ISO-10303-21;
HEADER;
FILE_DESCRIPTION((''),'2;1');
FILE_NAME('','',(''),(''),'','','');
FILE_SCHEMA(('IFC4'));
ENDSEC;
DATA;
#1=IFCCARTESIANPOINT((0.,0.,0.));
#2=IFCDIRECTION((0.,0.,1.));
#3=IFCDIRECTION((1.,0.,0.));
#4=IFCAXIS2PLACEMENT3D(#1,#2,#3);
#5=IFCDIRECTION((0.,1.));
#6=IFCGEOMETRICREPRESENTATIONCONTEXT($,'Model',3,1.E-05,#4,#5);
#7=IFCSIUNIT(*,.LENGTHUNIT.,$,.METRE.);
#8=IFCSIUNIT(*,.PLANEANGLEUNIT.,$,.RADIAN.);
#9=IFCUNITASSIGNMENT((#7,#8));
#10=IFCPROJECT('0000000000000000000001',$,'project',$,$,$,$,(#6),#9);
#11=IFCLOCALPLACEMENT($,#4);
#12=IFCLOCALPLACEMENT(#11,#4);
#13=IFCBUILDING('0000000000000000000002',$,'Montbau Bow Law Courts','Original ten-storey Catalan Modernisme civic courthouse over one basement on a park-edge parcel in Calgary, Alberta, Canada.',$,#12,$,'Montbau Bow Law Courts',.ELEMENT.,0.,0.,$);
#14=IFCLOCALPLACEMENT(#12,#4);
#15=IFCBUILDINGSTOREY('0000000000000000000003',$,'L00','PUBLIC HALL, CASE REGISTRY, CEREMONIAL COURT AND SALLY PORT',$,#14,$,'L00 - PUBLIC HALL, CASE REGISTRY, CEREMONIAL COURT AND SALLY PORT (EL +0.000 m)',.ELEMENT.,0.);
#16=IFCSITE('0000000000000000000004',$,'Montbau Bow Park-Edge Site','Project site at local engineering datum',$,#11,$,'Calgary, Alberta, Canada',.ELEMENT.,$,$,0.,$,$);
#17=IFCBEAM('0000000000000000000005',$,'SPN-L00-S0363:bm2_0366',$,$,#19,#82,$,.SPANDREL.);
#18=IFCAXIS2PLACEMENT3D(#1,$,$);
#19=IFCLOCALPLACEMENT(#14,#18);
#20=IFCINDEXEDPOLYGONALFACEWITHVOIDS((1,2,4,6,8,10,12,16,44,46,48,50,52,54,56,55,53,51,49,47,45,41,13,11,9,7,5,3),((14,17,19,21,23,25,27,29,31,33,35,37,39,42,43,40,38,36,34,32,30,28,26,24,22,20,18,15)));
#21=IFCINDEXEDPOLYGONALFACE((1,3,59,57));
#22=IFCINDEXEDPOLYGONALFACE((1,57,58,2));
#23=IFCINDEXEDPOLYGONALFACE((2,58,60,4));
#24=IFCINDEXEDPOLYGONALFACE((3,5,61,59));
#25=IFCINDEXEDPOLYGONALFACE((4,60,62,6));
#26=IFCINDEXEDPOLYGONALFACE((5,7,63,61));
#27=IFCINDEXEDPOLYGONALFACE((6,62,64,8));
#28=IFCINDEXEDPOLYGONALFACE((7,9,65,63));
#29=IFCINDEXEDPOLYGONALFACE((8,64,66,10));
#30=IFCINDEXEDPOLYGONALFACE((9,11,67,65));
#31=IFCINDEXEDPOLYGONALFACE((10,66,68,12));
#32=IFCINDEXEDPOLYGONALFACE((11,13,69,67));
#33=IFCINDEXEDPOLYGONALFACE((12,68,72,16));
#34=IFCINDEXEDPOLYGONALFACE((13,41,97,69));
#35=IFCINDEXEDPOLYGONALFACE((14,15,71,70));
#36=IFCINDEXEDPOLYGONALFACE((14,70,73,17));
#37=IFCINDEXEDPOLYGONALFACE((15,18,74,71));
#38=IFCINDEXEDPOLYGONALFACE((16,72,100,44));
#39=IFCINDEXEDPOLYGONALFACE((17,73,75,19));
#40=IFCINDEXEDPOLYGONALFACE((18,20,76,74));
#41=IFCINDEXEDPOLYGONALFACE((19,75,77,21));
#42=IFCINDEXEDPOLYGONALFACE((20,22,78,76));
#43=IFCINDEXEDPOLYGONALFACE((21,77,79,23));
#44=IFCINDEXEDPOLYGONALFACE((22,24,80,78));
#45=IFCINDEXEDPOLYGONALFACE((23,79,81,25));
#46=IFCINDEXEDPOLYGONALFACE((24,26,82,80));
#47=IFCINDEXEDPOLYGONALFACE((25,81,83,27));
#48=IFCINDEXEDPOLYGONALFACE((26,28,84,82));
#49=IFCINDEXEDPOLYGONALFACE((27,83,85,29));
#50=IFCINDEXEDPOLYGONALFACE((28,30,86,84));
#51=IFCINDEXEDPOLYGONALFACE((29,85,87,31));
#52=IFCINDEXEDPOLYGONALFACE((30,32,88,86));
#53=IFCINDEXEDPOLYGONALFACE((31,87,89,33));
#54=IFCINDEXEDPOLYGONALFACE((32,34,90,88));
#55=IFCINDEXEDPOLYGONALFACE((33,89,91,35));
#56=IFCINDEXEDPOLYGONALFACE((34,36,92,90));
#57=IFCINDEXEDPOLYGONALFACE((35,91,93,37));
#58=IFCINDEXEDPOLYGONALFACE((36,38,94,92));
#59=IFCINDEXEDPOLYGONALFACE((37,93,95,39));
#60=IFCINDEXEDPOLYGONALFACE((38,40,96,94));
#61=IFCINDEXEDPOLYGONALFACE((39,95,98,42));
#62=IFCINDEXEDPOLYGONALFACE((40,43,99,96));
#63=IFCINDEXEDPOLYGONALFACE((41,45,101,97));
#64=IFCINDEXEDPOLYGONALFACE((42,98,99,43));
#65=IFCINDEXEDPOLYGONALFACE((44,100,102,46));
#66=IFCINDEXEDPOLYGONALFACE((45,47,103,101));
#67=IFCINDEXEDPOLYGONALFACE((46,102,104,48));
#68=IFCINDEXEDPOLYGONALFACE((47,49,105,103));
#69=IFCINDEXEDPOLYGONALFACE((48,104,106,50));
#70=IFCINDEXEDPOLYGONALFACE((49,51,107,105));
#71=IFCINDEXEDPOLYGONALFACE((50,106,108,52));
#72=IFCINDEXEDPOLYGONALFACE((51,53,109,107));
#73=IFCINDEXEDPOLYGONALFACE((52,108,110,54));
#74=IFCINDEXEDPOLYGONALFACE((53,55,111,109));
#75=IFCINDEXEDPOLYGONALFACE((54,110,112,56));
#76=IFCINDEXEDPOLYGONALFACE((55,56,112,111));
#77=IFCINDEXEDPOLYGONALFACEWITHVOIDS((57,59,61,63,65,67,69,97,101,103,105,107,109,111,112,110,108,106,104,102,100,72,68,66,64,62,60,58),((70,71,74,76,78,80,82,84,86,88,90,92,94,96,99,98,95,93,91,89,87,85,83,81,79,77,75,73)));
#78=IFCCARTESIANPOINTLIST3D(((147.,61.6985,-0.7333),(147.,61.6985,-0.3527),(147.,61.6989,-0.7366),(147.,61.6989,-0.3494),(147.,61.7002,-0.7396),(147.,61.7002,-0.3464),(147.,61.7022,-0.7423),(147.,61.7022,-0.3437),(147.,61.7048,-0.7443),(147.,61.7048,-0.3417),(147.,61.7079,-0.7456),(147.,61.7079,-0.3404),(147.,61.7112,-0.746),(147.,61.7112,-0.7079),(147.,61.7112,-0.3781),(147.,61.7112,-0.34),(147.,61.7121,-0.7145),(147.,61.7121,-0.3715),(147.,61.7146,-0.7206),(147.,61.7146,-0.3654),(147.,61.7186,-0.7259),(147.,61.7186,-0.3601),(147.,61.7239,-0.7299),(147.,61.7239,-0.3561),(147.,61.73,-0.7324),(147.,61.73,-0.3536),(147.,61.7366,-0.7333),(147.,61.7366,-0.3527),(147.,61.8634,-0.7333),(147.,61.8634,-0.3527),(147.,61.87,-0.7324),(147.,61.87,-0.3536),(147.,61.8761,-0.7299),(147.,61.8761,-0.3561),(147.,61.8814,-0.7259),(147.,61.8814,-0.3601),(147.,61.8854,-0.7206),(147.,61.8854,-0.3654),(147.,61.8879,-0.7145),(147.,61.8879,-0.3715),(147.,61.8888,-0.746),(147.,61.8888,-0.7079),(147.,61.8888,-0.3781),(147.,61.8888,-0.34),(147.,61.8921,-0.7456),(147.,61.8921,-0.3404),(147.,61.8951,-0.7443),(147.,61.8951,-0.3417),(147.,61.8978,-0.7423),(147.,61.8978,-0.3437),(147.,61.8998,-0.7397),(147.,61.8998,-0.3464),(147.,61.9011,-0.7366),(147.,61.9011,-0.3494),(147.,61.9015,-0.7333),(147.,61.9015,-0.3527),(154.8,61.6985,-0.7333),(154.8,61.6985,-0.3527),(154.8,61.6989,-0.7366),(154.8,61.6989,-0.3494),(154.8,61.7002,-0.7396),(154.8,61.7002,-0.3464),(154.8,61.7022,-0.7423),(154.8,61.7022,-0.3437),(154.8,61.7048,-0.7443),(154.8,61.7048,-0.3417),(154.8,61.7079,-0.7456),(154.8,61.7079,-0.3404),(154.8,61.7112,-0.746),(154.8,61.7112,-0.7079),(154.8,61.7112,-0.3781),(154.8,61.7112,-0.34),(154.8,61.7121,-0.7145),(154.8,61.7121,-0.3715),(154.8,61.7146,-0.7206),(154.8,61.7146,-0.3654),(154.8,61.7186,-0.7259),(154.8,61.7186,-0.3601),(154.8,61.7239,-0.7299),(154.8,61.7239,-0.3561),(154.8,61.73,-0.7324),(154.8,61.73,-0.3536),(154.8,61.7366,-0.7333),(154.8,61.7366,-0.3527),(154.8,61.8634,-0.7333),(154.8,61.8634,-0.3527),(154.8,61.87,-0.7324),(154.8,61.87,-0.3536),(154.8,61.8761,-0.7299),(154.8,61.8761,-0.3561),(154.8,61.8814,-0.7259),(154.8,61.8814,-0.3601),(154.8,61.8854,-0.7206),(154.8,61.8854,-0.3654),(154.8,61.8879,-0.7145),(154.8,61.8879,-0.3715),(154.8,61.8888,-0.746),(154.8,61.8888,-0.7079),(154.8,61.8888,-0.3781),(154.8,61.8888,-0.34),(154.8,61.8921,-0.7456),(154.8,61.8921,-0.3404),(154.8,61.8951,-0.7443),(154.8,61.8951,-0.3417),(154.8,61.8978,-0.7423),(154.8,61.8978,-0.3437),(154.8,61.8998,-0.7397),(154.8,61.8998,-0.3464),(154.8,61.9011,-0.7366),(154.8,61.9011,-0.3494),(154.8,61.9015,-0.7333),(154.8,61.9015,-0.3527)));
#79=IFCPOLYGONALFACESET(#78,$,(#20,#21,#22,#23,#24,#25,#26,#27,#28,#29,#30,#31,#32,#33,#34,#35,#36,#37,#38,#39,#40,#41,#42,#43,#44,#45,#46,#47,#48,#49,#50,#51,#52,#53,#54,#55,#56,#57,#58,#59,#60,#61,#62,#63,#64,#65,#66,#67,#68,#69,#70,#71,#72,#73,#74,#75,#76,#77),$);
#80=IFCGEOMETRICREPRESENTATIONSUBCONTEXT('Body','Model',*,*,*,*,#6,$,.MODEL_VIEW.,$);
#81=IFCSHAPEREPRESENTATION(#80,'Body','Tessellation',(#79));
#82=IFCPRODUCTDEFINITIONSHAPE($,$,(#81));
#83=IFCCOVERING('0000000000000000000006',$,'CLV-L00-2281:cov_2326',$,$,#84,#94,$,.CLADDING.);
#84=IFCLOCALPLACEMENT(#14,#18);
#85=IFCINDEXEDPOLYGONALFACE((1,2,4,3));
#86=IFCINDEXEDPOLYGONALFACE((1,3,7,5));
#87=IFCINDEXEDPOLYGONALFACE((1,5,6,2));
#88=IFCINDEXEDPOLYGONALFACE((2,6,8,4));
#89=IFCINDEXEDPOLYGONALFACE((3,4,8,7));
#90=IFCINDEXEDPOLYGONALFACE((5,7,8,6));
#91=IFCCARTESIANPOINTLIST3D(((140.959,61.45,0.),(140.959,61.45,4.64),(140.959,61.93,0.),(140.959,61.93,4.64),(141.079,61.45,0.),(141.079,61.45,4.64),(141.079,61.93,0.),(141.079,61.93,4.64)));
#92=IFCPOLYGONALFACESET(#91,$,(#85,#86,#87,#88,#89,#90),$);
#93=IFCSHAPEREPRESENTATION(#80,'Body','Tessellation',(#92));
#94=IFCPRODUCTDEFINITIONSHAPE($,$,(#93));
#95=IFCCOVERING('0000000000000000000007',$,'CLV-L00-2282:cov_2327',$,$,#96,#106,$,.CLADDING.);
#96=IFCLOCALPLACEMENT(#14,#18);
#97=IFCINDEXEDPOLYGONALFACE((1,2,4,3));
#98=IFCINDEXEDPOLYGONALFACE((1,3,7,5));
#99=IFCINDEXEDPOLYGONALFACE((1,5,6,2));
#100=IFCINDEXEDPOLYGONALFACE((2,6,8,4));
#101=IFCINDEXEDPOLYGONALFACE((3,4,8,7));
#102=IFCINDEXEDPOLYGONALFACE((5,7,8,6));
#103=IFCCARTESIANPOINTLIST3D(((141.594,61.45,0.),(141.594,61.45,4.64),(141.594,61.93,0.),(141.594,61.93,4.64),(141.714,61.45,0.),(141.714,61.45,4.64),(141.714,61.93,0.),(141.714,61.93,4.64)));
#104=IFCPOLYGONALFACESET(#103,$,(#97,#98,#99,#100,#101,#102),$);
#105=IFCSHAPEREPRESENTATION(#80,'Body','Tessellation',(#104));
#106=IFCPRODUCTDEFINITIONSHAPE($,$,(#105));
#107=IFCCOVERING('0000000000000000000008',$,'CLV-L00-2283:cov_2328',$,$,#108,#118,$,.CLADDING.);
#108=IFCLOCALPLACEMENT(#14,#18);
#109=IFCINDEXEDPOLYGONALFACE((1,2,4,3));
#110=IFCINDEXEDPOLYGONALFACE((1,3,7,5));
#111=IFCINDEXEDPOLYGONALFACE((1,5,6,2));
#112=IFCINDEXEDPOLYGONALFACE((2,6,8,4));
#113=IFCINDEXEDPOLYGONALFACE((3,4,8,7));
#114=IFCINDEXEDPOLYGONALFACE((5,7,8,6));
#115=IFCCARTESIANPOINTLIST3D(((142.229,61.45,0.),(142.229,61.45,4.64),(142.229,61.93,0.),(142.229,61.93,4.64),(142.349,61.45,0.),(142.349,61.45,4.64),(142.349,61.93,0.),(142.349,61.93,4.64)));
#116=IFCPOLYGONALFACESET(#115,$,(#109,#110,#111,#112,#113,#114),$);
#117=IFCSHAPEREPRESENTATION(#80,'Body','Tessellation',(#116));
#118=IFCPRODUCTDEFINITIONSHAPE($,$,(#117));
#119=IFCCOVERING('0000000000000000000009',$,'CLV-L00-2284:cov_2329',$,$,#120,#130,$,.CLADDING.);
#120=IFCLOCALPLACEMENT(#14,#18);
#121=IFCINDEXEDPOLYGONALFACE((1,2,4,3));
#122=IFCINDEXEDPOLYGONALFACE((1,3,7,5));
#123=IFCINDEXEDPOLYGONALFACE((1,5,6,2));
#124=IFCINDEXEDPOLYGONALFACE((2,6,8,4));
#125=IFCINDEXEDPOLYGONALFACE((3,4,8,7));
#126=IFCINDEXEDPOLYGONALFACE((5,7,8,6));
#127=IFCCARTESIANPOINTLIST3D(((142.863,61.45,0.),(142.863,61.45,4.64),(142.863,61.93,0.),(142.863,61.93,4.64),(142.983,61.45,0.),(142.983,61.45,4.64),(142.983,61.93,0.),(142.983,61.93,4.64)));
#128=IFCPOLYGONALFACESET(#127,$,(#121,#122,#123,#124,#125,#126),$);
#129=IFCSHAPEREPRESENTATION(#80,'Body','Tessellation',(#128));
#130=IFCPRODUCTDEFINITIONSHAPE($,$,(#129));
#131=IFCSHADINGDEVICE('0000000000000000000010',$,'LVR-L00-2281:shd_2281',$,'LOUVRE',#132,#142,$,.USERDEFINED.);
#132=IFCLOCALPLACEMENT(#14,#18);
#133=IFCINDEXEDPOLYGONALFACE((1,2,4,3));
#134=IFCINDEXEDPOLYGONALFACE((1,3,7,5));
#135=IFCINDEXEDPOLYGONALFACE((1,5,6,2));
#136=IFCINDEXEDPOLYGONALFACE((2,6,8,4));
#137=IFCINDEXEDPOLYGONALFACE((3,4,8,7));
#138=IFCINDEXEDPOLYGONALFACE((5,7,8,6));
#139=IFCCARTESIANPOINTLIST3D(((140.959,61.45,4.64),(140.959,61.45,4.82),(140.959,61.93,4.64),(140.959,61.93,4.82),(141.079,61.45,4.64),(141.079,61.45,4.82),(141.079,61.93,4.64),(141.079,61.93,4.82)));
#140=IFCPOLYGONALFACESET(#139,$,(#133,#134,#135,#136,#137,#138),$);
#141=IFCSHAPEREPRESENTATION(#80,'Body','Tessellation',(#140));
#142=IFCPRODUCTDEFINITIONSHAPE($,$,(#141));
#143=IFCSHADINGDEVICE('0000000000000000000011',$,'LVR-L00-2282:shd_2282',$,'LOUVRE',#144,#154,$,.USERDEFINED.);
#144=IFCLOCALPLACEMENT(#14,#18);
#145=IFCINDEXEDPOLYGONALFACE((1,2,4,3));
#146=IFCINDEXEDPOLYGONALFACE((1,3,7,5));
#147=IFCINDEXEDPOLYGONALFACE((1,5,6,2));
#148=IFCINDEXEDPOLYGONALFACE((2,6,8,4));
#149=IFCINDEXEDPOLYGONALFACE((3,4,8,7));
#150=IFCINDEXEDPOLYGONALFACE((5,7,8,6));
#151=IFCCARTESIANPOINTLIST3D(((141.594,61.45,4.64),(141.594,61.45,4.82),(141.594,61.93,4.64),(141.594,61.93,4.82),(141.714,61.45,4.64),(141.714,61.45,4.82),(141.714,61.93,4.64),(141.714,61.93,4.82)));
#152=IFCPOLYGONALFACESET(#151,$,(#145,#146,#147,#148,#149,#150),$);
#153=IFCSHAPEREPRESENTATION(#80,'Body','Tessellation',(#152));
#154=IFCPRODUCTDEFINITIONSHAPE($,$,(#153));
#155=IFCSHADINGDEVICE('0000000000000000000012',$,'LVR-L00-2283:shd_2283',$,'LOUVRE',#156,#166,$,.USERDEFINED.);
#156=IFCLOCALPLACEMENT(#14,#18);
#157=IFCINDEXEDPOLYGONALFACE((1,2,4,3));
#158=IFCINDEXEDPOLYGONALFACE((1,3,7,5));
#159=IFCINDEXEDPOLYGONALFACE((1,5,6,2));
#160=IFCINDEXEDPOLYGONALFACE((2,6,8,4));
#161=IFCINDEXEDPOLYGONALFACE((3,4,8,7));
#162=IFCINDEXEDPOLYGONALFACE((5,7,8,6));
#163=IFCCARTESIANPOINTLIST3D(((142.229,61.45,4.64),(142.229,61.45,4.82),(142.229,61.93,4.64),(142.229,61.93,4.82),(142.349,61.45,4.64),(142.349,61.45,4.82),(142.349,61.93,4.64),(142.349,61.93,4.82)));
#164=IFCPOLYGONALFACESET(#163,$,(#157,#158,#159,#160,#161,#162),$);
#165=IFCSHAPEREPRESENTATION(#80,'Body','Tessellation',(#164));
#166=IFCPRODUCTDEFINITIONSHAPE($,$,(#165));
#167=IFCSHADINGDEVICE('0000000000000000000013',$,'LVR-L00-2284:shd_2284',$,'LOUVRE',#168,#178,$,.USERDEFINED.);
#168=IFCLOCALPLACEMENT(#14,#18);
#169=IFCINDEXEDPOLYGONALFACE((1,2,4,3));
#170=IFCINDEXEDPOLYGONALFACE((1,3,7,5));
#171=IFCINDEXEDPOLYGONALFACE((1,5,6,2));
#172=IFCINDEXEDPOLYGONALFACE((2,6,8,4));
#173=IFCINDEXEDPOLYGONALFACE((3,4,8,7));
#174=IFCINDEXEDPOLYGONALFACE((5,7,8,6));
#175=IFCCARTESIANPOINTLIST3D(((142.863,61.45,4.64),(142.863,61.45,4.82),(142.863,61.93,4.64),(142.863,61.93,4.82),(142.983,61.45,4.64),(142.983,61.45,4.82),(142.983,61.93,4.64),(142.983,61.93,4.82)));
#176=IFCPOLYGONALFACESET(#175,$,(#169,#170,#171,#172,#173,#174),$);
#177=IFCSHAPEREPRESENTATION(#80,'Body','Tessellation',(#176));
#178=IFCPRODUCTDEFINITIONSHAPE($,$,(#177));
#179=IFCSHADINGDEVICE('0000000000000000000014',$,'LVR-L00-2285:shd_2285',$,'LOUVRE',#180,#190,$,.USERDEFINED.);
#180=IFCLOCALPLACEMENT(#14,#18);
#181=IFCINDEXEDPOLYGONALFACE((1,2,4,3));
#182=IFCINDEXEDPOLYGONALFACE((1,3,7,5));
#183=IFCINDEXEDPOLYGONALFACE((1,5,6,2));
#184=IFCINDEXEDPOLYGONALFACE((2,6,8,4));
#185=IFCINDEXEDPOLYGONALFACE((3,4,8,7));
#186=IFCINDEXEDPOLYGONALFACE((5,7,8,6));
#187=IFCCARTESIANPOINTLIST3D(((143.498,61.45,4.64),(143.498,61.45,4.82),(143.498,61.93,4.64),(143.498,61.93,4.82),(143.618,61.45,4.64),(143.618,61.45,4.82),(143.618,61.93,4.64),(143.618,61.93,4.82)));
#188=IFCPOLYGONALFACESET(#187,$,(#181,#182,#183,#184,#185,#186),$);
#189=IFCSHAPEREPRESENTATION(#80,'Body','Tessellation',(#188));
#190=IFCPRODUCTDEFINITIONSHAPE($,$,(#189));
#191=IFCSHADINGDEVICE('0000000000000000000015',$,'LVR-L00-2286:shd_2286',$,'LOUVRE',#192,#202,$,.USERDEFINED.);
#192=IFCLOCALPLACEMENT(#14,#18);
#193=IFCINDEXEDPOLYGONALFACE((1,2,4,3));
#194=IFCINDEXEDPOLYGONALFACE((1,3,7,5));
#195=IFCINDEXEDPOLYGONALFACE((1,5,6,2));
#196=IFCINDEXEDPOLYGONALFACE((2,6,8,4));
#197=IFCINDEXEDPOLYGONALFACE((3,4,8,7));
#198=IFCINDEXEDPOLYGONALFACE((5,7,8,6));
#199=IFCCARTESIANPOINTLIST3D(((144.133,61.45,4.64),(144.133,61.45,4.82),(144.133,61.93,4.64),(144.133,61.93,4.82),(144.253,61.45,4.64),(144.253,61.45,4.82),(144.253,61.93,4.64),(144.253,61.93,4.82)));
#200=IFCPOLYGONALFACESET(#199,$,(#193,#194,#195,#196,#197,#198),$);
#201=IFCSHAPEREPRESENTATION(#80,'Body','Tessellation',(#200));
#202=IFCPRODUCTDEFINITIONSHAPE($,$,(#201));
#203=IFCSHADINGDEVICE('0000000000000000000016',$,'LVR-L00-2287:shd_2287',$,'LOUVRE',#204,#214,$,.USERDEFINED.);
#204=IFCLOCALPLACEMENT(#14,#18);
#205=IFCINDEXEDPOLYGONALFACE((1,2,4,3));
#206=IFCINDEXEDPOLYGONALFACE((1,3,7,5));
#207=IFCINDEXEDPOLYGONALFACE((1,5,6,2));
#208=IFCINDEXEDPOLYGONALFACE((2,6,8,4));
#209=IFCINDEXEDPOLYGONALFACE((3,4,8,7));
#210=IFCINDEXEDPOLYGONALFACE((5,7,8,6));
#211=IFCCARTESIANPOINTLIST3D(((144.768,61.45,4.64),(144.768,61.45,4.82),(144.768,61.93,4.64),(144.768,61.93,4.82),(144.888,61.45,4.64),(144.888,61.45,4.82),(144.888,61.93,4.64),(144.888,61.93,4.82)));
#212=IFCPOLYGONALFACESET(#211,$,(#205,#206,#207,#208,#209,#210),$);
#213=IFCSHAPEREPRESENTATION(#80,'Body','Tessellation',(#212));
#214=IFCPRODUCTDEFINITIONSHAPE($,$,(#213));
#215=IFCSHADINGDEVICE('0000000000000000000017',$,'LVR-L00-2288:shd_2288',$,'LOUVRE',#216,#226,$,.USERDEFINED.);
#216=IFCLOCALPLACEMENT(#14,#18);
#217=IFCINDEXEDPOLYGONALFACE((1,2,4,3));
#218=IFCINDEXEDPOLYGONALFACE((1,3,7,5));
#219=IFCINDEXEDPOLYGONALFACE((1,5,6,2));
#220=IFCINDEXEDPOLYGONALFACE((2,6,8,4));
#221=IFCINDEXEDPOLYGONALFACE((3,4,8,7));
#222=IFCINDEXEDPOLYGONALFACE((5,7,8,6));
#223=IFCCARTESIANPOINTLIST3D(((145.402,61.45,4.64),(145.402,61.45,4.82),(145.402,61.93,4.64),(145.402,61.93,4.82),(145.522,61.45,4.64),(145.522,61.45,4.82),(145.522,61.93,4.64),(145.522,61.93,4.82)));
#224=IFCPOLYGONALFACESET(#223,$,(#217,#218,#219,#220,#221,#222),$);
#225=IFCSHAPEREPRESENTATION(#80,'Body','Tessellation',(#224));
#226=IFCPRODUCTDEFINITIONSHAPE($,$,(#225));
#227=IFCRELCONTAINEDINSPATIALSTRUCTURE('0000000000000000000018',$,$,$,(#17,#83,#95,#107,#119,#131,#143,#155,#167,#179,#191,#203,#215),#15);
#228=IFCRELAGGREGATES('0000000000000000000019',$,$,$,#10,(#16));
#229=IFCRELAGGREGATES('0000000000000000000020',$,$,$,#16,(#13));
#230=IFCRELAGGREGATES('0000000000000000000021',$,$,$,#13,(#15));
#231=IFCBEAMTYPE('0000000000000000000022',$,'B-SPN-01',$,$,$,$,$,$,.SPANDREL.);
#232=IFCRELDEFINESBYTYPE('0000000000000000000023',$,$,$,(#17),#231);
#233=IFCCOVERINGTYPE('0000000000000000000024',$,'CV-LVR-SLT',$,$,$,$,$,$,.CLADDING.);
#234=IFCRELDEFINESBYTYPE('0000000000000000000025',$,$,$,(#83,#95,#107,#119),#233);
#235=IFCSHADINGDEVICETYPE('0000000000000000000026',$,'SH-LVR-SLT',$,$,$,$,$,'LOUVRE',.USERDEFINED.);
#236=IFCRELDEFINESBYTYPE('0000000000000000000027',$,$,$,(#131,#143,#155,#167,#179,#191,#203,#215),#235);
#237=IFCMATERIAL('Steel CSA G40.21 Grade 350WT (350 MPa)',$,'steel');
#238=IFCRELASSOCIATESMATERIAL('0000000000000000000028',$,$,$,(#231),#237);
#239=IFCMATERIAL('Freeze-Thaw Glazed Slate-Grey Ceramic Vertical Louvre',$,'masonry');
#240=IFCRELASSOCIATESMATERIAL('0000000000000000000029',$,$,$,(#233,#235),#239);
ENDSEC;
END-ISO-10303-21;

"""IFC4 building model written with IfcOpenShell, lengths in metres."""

from ifc_helpers import new_model, si_unit, direction, frame, frame_2d, origin_with_axes, origin_2d_with_axis, place, context, subcontext, project, spatial, rectangle, hollow_rectangle, extrude, material, material_profile, profile_set, type_object, element, save


model = new_model("IFC4")

# Units and contexts
model_context = context("Model", 3, precision=1e-05, world=origin_with_axes(), true_north=direction((0.0, 1.0)))
body_context = subcontext(model_context, "Body", "Model", "MODEL_VIEW")
ifc_project = project(units=[si_unit("LENGTHUNIT", "METRE"), si_unit("PLANEANGLEUNIT", "RADIAN")], contexts=[model_context])

# Site, building, storey
site_placement = place(None, origin_with_axes())
site = spatial("IfcSite", under=ifc_project, at=site_placement, Name="Montbau Bow Park-Edge Site", Description="Project site at local engineering datum", LongName="Calgary, Alberta, Canada", CompositionType="ELEMENT", RefElevation=0.0)
building_placement = place(site_placement, origin_with_axes())
building = spatial("IfcBuilding", under=site, at=building_placement, Name="Montbau Bow Law Courts", Description="Original ten-storey Catalan Modernisme civic courthouse over one basement on a park-edge parcel in Calgary, Alberta, Canada.", LongName="Montbau Bow Law Courts", CompositionType="ELEMENT", ElevationOfRefHeight=0.0, ElevationOfTerrain=0.0)
storey_placement = place(building_placement, origin_with_axes())
storey = spatial("IfcBuildingStorey", under=building, at=storey_placement, Name="L00", Description="PUBLIC HALL, CASE REGISTRY, CEREMONIAL COURT AND SALLY PORT", LongName="L00 - PUBLIC HALL, CASE REGISTRY, CEREMONIAL COURT AND SALLY PORT (EL +0.000 m)", CompositionType="ELEMENT", Elevation=0.0)

# Shared definitions
ifc_material_1 = material(Name="Steel CSA G40.21 Grade 350WT (350 MPa)", Category="steel")

# Beam
ifc_material_profile_1 = material_profile(ifc_material_1, hollow_rectangle(XDim=0.203, YDim=0.406, WallThickness=0.0127, InnerFilletRadius=0.0254, OuterFilletRadius=0.0127, at=origin_2d_with_axis()), Name="HSS406X203X13", Category="Main", Priority=0)
ifc_profile_set_1 = profile_set([ifc_material_profile_1], Name="Steel CSA G40.21 Grade 350WT (350 MPa)")
beam_type_1 = type_object("IfcBeamType", Name="B-SPN-01", PredefinedType="SPANDREL", material=ifc_profile_set_1)
beam_1_placement = place(None, frame((147.0, 61.8, -0.543), z_axis=(1.0, 0.0, 0.0), x_axis=(0.0, 1.0, 0.0)))
element("IfcBeam", 1, at=beam_1_placement, inside=storey, type_object=beam_type_1, Name="SPN-L00-S0363:bm2_0366", PredefinedType="SPANDREL", context=body_context, shape_type="SweptSolid", body=[
    extrude(hollow_rectangle(XDim=0.203, YDim=0.406, WallThickness=0.0127, InnerFilletRadius=0.0254, OuterFilletRadius=0.0127, at=origin_2d_with_axis()), origin_with_axes(), (0.0, 0.0, 1.0), 7.8),
])

# Coverings
ifc_material_2 = material(Name="Freeze-Thaw Glazed Slate-Grey Ceramic Vertical Louvre", Category="masonry")
covering_type = type_object("IfcCoveringType", Name="CV-LVR-SLT", PredefinedType="CLADDING", material=ifc_material_2)
for number, where, z_axis, x_axis, name in (
    (2, (141.019, 61.93, 0.0), (-1.0, 0.0, 0.0), (0.0, -1.0, 0.0), "CLV-L00-2281:cov_2326"),
    (3, (141.654, 61.93, 0.0), (-1.0, 0.0, 0.0), (0.0, -1.0, 0.0), "CLV-L00-2282:cov_2327"),
    (4, (142.289, 61.93, 0.0), (-1.0, 0.0, 0.0), (0.0, -1.0, 0.0), "CLV-L00-2283:cov_2328"),
    (5, (142.923, 61.93, 0.0), (-1.0, 0.0, 0.0), (0.0, -1.0, 0.0), "CLV-L00-2284:cov_2329"),
):
    element("IfcCovering", number, at=place(None, frame(where, z_axis=z_axis, x_axis=x_axis)), inside=storey, type_object=covering_type, Name=name, PredefinedType="CLADDING", context=body_context, shape_type="SweptSolid", body=[
        extrude(rectangle(XDim=0.48, YDim=4.64, at=frame_2d((0.24, 2.32), x_axis=(1.0, 0.0))), frame((0.0, 0.0, -0.06), z_axis=(0.0, 0.0, 1.0), x_axis=(1.0, 0.0, 0.0)), (0.0, 0.0, 1.0), 0.12),
    ])

# Shading devices
shading_device_type = type_object("IfcShadingDeviceType", Name="SH-LVR-SLT", ElementType="LOUVRE", PredefinedType="USERDEFINED", material=ifc_material_2)
for number, where, z_axis, x_axis, name in (
    (6, (141.019, 61.69, 4.64), (0.0, 0.0, 1.0), (0.0, -1.0, 0.0), "LVR-L00-2281:shd_2281"),
    (7, (141.654, 61.69, 4.64), (0.0, 0.0, 1.0), (0.0, -1.0, 0.0), "LVR-L00-2282:shd_2282"),
    (8, (142.289, 61.69, 4.64), (0.0, 0.0, 1.0), (0.0, -1.0, 0.0), "LVR-L00-2283:shd_2283"),
    (9, (142.923, 61.69, 4.64), (0.0, 0.0, 1.0), (0.0, -1.0, 0.0), "LVR-L00-2284:shd_2284"),
    (10, (143.558, 61.69, 4.64), (0.0, 0.0, 1.0), (0.0, -1.0, 0.0), "LVR-L00-2285:shd_2285"),
    (11, (144.193, 61.69, 4.64), (0.0, 0.0, 1.0), (0.0, -1.0, 0.0), "LVR-L00-2286:shd_2286"),
    (12, (144.828, 61.69, 4.64), (0.0, 0.0, 1.0), (0.0, -1.0, 0.0), "LVR-L00-2287:shd_2287"),
    (13, (145.462, 61.69, 4.64), (0.0, 0.0, 1.0), (0.0, -1.0, 0.0), "LVR-L00-2288:shd_2288"),
):
    element("IfcShadingDevice", number, at=place(None, frame(where, z_axis=z_axis, x_axis=x_axis)), inside=storey, type_object=shading_device_type, Name=name, ObjectType="LOUVRE", PredefinedType="USERDEFINED", context=body_context, shape_type="SweptSolid", body=[
        extrude(rectangle(XDim=0.48, YDim=0.12, at=origin_2d_with_axis()), origin_with_axes(), (0.0, 0.0, 1.0), 0.18),
    ])

save(model, "model.ifc")
